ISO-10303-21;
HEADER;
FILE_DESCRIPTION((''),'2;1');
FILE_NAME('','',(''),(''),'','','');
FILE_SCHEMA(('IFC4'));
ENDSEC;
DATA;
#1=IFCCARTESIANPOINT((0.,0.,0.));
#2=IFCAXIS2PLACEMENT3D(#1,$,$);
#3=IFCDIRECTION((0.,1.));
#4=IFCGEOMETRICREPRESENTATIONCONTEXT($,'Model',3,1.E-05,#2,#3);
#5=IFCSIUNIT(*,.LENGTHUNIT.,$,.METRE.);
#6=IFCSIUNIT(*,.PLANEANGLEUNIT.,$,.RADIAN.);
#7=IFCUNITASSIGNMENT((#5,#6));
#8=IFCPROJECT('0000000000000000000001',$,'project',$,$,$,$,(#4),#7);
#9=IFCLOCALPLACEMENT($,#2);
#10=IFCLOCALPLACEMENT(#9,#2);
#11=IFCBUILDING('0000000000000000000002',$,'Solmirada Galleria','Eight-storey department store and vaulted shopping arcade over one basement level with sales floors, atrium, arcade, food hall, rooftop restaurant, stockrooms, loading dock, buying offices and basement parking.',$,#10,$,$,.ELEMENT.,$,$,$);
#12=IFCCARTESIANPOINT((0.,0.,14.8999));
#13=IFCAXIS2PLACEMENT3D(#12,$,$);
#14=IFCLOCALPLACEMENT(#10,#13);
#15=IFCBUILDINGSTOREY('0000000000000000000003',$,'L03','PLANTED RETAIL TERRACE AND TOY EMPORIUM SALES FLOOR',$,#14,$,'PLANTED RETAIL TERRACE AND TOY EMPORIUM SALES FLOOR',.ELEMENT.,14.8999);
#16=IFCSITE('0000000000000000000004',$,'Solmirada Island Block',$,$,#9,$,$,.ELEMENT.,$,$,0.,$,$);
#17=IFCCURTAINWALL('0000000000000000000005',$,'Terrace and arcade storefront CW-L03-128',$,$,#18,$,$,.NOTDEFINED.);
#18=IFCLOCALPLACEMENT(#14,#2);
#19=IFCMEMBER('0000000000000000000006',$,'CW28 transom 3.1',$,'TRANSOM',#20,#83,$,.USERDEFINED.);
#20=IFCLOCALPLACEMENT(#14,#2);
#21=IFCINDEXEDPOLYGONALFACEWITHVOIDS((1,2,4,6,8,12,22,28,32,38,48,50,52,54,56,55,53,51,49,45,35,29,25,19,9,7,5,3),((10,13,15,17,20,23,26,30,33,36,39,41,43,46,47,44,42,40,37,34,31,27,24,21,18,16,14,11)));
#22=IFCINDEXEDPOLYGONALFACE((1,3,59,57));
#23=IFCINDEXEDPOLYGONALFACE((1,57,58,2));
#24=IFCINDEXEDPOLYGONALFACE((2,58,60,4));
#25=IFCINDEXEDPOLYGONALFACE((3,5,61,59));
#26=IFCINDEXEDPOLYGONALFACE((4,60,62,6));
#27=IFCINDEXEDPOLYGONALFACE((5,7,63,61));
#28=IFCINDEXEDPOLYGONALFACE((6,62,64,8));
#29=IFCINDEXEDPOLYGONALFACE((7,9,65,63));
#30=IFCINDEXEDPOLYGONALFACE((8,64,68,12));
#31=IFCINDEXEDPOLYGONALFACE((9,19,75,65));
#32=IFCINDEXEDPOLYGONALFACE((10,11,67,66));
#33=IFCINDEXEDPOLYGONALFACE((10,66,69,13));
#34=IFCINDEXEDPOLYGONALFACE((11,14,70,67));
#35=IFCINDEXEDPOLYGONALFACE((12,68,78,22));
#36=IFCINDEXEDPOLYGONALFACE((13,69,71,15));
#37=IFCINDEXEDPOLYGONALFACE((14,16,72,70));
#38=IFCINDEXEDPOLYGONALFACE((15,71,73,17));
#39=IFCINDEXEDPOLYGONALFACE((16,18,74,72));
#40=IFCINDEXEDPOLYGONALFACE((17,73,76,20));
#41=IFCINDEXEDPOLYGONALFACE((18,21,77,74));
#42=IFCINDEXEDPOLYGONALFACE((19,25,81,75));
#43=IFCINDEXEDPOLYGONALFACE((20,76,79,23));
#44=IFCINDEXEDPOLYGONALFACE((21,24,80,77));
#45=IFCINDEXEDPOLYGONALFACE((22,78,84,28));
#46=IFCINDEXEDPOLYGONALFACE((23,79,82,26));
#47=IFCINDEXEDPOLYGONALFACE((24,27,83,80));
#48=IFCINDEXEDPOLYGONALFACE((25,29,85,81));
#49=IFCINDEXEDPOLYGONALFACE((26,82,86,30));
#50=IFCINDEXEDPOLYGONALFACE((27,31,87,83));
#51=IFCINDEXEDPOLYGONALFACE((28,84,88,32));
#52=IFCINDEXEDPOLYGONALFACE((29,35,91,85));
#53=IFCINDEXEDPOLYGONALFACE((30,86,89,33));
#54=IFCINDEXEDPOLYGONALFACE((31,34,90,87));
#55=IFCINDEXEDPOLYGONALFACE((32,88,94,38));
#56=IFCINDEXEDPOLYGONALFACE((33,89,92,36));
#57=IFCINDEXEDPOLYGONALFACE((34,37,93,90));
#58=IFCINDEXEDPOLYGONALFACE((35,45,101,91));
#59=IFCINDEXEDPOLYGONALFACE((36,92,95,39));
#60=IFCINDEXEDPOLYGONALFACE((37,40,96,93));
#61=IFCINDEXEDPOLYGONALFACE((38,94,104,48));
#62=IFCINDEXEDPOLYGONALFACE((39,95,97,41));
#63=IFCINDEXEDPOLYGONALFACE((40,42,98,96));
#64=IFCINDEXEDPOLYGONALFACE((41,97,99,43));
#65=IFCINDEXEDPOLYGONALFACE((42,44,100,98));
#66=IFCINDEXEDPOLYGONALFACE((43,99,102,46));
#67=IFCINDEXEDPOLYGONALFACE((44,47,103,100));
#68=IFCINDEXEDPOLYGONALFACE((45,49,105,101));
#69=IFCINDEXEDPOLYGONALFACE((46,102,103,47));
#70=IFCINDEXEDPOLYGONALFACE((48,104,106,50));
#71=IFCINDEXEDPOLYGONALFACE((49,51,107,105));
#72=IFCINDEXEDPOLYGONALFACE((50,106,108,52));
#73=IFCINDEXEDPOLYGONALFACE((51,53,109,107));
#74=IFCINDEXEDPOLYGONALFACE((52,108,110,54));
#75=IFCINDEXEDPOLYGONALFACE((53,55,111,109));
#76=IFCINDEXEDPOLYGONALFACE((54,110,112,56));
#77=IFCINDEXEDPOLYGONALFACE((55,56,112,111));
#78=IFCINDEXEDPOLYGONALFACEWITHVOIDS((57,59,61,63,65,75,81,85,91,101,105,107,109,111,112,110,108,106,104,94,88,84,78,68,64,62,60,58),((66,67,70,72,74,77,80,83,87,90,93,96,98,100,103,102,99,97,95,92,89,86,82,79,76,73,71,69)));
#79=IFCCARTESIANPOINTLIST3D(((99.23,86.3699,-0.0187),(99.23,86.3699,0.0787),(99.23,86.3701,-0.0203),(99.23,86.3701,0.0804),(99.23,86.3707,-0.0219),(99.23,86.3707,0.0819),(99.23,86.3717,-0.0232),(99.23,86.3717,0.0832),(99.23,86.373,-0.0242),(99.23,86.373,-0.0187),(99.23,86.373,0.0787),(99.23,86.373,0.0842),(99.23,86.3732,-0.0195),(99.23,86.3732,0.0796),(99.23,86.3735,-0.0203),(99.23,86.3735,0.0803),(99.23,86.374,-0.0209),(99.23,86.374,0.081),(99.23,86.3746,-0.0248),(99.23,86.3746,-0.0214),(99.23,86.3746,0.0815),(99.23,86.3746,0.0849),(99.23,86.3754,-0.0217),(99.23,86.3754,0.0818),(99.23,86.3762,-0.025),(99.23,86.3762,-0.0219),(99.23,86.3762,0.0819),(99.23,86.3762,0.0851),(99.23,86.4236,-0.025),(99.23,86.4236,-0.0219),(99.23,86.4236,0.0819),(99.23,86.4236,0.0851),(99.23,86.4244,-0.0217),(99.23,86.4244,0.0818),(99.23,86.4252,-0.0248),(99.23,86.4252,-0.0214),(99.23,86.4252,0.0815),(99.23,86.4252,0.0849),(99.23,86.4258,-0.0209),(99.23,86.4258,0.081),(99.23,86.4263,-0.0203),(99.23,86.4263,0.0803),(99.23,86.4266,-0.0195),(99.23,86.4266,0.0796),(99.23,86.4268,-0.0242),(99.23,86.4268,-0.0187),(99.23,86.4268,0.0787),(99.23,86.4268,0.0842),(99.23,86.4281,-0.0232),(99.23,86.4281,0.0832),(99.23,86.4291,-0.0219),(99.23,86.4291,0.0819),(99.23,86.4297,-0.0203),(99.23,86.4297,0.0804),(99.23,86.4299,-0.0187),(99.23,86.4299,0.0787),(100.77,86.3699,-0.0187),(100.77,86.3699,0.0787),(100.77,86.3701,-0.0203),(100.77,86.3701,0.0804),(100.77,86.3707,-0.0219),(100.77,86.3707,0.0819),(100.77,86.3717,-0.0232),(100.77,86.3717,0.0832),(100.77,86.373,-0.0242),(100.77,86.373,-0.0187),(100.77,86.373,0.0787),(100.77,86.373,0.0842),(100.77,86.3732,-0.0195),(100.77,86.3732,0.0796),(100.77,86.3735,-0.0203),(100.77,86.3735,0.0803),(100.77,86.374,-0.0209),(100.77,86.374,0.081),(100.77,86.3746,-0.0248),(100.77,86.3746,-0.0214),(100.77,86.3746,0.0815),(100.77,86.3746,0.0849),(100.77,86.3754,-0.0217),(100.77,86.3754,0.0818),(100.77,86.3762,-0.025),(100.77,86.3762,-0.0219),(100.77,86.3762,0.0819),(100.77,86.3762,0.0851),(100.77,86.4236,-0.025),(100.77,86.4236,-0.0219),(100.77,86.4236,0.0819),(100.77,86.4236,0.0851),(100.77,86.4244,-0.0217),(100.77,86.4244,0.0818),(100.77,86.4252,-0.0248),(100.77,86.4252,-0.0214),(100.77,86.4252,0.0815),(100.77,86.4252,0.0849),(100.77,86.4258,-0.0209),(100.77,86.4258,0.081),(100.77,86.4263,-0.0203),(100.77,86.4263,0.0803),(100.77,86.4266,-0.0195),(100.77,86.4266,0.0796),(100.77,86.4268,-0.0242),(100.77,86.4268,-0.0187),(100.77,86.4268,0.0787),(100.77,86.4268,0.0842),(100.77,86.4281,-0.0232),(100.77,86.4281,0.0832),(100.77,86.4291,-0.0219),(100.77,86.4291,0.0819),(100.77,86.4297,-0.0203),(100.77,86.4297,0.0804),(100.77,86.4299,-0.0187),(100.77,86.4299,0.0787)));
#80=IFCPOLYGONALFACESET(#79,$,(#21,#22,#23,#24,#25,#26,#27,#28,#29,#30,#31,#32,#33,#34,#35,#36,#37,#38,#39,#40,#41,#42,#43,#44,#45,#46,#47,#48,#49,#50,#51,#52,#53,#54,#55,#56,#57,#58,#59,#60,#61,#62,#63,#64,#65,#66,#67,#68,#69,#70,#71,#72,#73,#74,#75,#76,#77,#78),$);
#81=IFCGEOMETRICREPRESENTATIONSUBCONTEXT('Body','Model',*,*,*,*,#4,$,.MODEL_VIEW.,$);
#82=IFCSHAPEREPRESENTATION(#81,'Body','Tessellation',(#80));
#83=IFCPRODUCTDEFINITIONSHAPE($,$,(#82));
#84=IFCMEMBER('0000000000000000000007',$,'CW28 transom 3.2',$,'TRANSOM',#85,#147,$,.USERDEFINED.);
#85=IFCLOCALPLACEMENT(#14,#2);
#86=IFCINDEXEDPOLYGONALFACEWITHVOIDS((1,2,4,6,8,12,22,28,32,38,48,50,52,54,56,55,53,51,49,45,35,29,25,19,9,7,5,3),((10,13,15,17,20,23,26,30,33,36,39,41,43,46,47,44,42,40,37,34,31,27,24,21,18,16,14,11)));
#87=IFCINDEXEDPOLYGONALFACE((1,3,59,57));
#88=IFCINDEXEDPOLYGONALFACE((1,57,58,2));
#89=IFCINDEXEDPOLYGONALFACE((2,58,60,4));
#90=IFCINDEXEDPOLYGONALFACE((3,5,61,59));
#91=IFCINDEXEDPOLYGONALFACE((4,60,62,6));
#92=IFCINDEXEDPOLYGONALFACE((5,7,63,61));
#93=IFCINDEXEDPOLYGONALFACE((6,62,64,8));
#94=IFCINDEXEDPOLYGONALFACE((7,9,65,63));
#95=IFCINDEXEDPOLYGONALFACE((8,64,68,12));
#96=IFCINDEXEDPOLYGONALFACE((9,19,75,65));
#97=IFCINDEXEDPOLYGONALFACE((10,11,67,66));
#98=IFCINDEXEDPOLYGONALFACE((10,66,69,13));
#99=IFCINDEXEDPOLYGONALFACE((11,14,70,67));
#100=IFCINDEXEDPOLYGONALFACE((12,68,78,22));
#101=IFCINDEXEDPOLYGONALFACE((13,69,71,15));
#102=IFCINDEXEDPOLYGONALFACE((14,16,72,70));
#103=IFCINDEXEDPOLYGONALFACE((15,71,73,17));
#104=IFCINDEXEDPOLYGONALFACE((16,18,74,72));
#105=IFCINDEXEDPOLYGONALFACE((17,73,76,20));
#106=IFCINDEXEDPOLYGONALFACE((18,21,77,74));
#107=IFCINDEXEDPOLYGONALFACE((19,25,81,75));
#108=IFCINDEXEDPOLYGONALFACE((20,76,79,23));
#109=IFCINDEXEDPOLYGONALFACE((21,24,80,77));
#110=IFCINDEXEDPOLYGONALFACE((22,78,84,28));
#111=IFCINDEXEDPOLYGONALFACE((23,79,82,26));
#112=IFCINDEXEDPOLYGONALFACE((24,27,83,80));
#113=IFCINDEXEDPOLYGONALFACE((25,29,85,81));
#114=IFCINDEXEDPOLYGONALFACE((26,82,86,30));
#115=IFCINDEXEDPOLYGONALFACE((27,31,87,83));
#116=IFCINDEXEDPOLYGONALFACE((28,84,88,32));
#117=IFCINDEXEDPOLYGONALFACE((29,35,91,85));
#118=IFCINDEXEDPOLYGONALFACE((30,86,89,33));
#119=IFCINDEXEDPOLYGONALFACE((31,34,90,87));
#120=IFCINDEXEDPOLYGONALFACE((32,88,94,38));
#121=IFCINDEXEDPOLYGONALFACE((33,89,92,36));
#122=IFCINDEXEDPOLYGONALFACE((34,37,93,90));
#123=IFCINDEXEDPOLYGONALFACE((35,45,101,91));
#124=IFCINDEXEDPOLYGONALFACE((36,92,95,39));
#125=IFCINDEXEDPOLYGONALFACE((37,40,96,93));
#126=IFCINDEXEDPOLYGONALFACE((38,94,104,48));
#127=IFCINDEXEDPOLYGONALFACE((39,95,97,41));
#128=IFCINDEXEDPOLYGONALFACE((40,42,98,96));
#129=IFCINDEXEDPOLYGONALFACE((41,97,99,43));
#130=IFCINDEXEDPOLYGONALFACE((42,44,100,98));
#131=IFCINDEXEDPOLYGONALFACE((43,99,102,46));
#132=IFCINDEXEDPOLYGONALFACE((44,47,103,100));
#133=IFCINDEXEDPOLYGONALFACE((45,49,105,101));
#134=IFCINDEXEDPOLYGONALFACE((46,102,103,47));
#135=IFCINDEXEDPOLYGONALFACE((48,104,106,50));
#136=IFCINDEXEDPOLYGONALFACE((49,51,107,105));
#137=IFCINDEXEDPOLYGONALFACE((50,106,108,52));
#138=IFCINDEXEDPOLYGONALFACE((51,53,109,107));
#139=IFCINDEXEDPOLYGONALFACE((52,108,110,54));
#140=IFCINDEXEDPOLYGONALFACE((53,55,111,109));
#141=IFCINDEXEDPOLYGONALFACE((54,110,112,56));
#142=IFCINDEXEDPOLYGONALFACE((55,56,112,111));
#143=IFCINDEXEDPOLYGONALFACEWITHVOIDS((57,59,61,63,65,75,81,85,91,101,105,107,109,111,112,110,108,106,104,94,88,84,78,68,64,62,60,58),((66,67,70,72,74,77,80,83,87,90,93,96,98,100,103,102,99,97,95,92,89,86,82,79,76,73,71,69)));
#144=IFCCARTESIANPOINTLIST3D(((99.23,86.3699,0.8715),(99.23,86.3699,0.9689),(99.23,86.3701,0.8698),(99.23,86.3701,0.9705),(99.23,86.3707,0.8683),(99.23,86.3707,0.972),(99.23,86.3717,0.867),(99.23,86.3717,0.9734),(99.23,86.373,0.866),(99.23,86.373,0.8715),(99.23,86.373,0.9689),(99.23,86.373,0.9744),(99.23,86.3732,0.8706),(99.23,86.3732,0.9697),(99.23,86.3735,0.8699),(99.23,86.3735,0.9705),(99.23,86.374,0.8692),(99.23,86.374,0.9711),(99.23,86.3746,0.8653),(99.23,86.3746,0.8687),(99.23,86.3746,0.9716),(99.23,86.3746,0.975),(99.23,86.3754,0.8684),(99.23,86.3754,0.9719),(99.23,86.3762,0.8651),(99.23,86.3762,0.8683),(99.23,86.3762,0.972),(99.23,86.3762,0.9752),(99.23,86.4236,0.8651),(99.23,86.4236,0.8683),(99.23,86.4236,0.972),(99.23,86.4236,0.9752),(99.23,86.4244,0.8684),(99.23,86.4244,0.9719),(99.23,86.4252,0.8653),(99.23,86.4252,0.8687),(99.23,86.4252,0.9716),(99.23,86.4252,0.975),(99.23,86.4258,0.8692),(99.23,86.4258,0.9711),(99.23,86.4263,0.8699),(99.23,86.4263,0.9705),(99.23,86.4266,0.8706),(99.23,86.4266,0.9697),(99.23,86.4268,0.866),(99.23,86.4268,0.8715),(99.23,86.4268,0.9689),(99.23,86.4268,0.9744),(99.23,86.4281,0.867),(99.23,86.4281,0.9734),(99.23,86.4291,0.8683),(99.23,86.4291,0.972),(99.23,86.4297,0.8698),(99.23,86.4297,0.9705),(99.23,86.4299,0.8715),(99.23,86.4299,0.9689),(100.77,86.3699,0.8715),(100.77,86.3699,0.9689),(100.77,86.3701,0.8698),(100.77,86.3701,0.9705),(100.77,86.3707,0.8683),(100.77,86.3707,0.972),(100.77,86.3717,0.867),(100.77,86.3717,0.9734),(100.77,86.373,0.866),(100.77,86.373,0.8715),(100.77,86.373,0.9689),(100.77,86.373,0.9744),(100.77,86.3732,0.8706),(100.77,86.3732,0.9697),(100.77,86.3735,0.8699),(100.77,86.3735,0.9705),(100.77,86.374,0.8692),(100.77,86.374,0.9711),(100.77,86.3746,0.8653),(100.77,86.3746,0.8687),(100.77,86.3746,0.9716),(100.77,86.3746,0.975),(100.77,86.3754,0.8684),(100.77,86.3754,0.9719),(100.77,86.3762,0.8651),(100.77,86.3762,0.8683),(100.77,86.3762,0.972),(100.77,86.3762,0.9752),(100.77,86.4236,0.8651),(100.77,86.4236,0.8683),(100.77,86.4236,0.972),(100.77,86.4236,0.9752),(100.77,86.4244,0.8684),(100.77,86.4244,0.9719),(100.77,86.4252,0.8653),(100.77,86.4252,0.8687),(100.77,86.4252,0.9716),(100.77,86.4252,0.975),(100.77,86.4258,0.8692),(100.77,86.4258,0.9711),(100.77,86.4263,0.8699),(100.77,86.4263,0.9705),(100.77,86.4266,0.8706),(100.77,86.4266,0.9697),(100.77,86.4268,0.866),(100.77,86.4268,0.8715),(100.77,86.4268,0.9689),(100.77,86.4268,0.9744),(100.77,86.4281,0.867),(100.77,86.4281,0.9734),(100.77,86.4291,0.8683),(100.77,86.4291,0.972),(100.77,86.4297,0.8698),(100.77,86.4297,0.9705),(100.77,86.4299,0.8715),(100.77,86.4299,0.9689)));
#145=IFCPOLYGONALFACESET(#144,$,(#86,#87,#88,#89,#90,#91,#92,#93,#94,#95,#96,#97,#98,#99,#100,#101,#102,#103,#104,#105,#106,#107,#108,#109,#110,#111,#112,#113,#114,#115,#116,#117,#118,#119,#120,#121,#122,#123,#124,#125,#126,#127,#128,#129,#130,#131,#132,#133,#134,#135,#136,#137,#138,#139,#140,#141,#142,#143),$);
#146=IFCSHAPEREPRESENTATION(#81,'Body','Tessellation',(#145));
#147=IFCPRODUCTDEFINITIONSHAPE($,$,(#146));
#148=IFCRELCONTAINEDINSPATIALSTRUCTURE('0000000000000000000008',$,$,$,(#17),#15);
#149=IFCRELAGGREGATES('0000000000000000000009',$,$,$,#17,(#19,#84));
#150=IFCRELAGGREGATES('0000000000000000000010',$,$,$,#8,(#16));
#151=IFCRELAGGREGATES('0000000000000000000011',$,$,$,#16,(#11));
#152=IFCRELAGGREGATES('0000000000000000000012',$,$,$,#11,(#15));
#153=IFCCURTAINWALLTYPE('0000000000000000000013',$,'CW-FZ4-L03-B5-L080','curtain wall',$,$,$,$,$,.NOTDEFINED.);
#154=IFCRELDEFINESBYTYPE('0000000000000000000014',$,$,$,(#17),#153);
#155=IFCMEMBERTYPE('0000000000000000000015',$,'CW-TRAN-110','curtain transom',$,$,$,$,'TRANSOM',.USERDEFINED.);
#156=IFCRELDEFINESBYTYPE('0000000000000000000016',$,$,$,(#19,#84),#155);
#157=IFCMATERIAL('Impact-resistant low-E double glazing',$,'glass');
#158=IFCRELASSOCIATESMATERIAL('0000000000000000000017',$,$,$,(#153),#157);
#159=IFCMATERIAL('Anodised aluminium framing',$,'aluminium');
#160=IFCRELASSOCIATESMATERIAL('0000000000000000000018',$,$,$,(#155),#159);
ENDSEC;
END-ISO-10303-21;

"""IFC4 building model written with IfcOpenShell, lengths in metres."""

from ifc_helpers import new_model, si_unit, direction, frame, origin, origin_2d, place, context, subcontext, project, spatial, hollow_rectangle, extrude, material, material_profile, profile_set, type_object, element, aggregate, save


model = new_model("IFC4")

# Units and contexts
model_context = context("Model", 3, precision=1e-05, world=origin(), true_north=direction((0.0, 1.0)))
body_context = subcontext(model_context, "Body", "Model", "MODEL_VIEW")
ifc_project = project(units=[si_unit("LENGTHUNIT", "METRE"), si_unit("PLANEANGLEUNIT", "RADIAN")], contexts=[model_context])

# Site, building, storey
site_placement = place(None, origin())
site = spatial("IfcSite", under=ifc_project, at=site_placement, Name="Solmirada Island Block", CompositionType="ELEMENT", RefElevation=0.0)
building_placement = place(site_placement, origin())
building = spatial("IfcBuilding", under=site, at=building_placement, Name="Solmirada Galleria", Description="Eight-storey department store and vaulted shopping arcade over one basement level with sales floors, atrium, arcade, food hall, rooftop restaurant, stockrooms, loading dock, buying offices and basement parking.", CompositionType="ELEMENT")
storey_placement = place(building_placement, frame((0.0, 0.0, 14.8999)))
storey = spatial("IfcBuildingStorey", under=building, at=storey_placement, Name="L03", Description="PLANTED RETAIL TERRACE AND TOY EMPORIUM SALES FLOOR", LongName="PLANTED RETAIL TERRACE AND TOY EMPORIUM SALES FLOOR", CompositionType="ELEMENT", Elevation=14.8999)

# Shared definitions
ifc_material_1 = material(Name="Impact-resistant low-E double glazing", Category="glass")
curtain_wall_type = type_object("IfcCurtainWallType", Name="CW-FZ4-L03-B5-L080", Description="curtain wall", PredefinedType="NOTDEFINED", material=ifc_material_1)
ifc_material_2 = material(Name="Anodised aluminium framing", Category="aluminium")

# Curtain wall
curtain_wall_1_placement = place(storey_placement, origin())
curtain_wall_1 = element("IfcCurtainWall", 1, at=curtain_wall_1_placement, inside=storey, type_object=curtain_wall_type, Name="Terrace and arcade storefront CW-L03-128", PredefinedType="NOTDEFINED")

# Members
ifc_material_profile_1 = material_profile(ifc_material_2, hollow_rectangle(XDim=0.0601, YDim=0.1101, WallThickness=0.0032, InnerFilletRadius=0.0032, OuterFilletRadius=0.0063, at=origin_2d()), Name="ALU-TRAN-110X60")
ifc_profile_set_1 = profile_set([ifc_material_profile_1], Name="Anodised aluminium framing")
member_type_1 = type_object("IfcMemberType", Name="CW-TRAN-110", Description="curtain transom", ElementType="TRANSOM", PredefinedType="USERDEFINED", material=ifc_profile_set_1)
member_1_placement = place(storey_placement, frame((100.77, 86.3999, 0.03), z_axis=(-1.0, 0.0, 0.0), x_axis=(0.0, -1.0, 0.0)))
member_1 = element("IfcMember", 2, at=member_1_placement, type_object=member_type_1, Name="CW28 transom 3.1", ObjectType="TRANSOM", PredefinedType="USERDEFINED", context=body_context, shape_type="SweptSolid", body=[
    extrude(hollow_rectangle(XDim=0.0601, YDim=0.1101, WallThickness=0.0032, InnerFilletRadius=0.0032, OuterFilletRadius=0.0063, at=origin_2d()), origin(), (0.0, 0.0, 1.0), 1.54),
])
member_2_placement = place(storey_placement, frame((100.77, 86.3999, 0.9202), z_axis=(-1.0, 0.0, 0.0), x_axis=(0.0, -1.0, 0.0)))
member_2 = element("IfcMember", 3, at=member_2_placement, type_object=member_type_1, Name="CW28 transom 3.2", ObjectType="TRANSOM", PredefinedType="USERDEFINED", context=body_context, shape_type="SweptSolid", body=[
    extrude(hollow_rectangle(XDim=0.0601, YDim=0.1101, WallThickness=0.0032, InnerFilletRadius=0.0032, OuterFilletRadius=0.0063, at=origin_2d()), origin(), (0.0, 0.0, 1.0), 1.54),
])

aggregate(curtain_wall_1, [member_1, member_2])

save(model, "model.ifc")
